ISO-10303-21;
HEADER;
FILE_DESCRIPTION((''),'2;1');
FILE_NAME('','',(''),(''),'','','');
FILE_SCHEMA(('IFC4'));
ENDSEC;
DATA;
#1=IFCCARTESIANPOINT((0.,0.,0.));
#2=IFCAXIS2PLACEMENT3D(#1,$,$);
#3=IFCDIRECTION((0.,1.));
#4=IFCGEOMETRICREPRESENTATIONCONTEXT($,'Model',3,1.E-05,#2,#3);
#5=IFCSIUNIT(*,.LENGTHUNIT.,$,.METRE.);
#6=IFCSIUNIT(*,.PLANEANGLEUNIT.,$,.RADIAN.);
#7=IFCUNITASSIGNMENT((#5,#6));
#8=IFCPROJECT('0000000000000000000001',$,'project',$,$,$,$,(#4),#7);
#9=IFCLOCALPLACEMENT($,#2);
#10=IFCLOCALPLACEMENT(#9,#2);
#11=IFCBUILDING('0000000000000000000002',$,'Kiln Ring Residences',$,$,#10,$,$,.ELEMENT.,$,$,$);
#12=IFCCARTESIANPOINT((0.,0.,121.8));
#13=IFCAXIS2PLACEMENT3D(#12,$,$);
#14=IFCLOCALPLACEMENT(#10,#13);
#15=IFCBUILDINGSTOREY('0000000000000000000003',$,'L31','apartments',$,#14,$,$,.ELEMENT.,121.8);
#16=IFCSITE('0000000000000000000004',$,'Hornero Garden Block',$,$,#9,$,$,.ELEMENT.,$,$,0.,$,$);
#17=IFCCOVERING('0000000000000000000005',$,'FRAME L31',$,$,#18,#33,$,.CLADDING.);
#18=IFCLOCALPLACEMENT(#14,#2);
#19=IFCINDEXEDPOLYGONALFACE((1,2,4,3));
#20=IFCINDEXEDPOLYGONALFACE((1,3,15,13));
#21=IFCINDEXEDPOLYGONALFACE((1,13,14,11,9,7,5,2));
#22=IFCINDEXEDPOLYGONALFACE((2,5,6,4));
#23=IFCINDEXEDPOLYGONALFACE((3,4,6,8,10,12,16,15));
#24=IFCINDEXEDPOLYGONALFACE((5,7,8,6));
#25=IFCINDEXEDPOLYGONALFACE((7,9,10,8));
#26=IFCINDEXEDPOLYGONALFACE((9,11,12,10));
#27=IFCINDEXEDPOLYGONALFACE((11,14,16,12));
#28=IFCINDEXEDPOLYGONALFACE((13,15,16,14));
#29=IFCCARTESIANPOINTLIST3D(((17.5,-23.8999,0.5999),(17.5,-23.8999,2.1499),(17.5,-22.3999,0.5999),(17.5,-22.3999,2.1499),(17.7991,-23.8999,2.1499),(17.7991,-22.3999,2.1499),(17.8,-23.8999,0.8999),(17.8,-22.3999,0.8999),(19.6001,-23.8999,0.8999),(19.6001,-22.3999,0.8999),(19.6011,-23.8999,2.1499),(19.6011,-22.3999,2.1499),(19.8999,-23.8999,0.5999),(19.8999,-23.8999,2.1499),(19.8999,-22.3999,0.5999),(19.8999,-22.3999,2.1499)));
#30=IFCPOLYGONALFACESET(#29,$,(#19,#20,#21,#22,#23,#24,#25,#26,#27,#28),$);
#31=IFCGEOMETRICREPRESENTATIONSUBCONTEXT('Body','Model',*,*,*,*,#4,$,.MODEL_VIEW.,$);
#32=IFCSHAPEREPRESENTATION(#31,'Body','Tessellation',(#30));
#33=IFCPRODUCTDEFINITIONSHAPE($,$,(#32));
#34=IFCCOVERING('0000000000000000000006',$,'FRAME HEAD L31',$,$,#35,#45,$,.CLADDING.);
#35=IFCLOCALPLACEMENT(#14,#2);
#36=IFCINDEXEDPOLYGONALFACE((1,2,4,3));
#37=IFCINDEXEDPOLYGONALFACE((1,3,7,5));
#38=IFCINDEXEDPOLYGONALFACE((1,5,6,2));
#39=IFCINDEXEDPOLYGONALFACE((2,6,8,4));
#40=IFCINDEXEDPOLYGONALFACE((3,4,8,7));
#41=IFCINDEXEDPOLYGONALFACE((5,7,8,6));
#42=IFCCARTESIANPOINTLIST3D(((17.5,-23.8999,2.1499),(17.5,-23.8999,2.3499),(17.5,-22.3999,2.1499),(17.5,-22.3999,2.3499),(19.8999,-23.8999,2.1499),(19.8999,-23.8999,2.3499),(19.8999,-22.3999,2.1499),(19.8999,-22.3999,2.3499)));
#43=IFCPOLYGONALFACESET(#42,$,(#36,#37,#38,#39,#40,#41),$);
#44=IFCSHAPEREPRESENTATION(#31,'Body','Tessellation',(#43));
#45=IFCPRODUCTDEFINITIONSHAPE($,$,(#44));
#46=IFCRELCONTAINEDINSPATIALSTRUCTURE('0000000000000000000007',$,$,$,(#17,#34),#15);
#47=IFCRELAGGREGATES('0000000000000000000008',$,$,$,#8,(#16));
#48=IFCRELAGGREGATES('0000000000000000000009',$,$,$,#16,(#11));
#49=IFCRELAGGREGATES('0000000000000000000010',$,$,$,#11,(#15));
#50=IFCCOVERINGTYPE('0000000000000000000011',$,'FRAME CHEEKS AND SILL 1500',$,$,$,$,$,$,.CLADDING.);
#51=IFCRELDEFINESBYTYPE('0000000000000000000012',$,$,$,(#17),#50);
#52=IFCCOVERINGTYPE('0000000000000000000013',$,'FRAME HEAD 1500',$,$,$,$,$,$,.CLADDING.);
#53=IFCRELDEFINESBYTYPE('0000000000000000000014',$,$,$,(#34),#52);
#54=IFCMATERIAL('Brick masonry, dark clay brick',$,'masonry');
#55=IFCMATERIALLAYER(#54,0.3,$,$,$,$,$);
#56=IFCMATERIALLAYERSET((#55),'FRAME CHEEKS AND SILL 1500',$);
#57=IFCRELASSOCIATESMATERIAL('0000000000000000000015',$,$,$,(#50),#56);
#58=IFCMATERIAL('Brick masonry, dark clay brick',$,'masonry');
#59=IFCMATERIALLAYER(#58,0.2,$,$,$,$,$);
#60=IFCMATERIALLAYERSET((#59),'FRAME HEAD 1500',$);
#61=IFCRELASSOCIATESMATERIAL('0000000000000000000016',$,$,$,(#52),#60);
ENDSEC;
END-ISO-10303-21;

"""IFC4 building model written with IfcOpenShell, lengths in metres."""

from ifc_helpers import new_model, si_unit, direction, frame, origin, origin_2d, place, context, subcontext, project, spatial, polyline, rectangle, outline, extrude, material, layer, layer_set, type_object, element, save


model = new_model("IFC4")

# Units and contexts
model_context = context("Model", 3, precision=1e-05, world=origin(), true_north=direction((0.0, 1.0)))
body_context = subcontext(model_context, "Body", "Model", "MODEL_VIEW")
ifc_project = project(units=[si_unit("LENGTHUNIT", "METRE"), si_unit("PLANEANGLEUNIT", "RADIAN")], contexts=[model_context])

# Site, building, storey
site_placement = place(None, origin())
site = spatial("IfcSite", under=ifc_project, at=site_placement, Name="Hornero Garden Block", CompositionType="ELEMENT", RefElevation=0.0)
building_placement = place(site_placement, origin())
building = spatial("IfcBuilding", under=site, at=building_placement, Name="Kiln Ring Residences", CompositionType="ELEMENT")
storey_placement = place(building_placement, frame((0.0, 0.0, 121.8)))
storey = spatial("IfcBuildingStorey", under=building, at=storey_placement, Name="L31", Description="apartments", CompositionType="ELEMENT", Elevation=121.8)

# Coverings
ifc_material_1 = material(Name="Brick masonry, dark clay brick", Category="masonry")
ifc_layer_1 = layer(ifc_material_1, 0.3)
ifc_layer_set_1 = layer_set([ifc_layer_1], Name="FRAME CHEEKS AND SILL 1500")
covering_type_1 = type_object("IfcCoveringType", Name="FRAME CHEEKS AND SILL 1500", PredefinedType="CLADDING", material=ifc_layer_set_1)
covering_1_placement = place(storey_placement, frame((17.5, -23.1499, 0.5999), z_axis=(0.0, 0.0, 1.0), x_axis=(1.0, 0.0, 0.0)))
element("IfcCovering", 1, at=covering_1_placement, inside=storey, type_object=covering_type_1, Name="FRAME L31", PredefinedType="CLADDING", context=body_context, shape_type="SweptSolid", body=[
    extrude(outline(polyline([(0.0, 0.0), (2.3999, 0.0), (2.3999, 1.55), (2.1011, 1.55), (2.1001, 0.3), (0.3, 0.3), (0.2991, 1.55), (0.0, 1.55), (0.0, 0.0)])), frame((0.0, 0.75, 0.0), z_axis=(0.0, -1.0, 0.0), x_axis=(1.0, 0.0, 0.0)), (0.0, 0.0, 1.0), 1.5),
])
ifc_material_2 = material(Name="Brick masonry, dark clay brick", Category="masonry")
ifc_layer_2 = layer(ifc_material_2, 0.2)
ifc_layer_set_2 = layer_set([ifc_layer_2], Name="FRAME HEAD 1500")
covering_type_2 = type_object("IfcCoveringType", Name="FRAME HEAD 1500", PredefinedType="CLADDING", material=ifc_layer_set_2)
covering_2_placement = place(storey_placement, frame((18.7, -23.1499, 2.1499), z_axis=(0.0, 0.0, 1.0), x_axis=(1.0, 0.0, 0.0)))
element("IfcCovering", 2, at=covering_2_placement, inside=storey, type_object=covering_type_2, Name="FRAME HEAD L31", PredefinedType="CLADDING", context=body_context, shape_type="SweptSolid", body=[
    extrude(rectangle(XDim=2.3999, YDim=1.5, at=origin_2d()), origin(), (0.0, 0.0, 1.0), 0.2),
])

save(model, "model.ifc")
